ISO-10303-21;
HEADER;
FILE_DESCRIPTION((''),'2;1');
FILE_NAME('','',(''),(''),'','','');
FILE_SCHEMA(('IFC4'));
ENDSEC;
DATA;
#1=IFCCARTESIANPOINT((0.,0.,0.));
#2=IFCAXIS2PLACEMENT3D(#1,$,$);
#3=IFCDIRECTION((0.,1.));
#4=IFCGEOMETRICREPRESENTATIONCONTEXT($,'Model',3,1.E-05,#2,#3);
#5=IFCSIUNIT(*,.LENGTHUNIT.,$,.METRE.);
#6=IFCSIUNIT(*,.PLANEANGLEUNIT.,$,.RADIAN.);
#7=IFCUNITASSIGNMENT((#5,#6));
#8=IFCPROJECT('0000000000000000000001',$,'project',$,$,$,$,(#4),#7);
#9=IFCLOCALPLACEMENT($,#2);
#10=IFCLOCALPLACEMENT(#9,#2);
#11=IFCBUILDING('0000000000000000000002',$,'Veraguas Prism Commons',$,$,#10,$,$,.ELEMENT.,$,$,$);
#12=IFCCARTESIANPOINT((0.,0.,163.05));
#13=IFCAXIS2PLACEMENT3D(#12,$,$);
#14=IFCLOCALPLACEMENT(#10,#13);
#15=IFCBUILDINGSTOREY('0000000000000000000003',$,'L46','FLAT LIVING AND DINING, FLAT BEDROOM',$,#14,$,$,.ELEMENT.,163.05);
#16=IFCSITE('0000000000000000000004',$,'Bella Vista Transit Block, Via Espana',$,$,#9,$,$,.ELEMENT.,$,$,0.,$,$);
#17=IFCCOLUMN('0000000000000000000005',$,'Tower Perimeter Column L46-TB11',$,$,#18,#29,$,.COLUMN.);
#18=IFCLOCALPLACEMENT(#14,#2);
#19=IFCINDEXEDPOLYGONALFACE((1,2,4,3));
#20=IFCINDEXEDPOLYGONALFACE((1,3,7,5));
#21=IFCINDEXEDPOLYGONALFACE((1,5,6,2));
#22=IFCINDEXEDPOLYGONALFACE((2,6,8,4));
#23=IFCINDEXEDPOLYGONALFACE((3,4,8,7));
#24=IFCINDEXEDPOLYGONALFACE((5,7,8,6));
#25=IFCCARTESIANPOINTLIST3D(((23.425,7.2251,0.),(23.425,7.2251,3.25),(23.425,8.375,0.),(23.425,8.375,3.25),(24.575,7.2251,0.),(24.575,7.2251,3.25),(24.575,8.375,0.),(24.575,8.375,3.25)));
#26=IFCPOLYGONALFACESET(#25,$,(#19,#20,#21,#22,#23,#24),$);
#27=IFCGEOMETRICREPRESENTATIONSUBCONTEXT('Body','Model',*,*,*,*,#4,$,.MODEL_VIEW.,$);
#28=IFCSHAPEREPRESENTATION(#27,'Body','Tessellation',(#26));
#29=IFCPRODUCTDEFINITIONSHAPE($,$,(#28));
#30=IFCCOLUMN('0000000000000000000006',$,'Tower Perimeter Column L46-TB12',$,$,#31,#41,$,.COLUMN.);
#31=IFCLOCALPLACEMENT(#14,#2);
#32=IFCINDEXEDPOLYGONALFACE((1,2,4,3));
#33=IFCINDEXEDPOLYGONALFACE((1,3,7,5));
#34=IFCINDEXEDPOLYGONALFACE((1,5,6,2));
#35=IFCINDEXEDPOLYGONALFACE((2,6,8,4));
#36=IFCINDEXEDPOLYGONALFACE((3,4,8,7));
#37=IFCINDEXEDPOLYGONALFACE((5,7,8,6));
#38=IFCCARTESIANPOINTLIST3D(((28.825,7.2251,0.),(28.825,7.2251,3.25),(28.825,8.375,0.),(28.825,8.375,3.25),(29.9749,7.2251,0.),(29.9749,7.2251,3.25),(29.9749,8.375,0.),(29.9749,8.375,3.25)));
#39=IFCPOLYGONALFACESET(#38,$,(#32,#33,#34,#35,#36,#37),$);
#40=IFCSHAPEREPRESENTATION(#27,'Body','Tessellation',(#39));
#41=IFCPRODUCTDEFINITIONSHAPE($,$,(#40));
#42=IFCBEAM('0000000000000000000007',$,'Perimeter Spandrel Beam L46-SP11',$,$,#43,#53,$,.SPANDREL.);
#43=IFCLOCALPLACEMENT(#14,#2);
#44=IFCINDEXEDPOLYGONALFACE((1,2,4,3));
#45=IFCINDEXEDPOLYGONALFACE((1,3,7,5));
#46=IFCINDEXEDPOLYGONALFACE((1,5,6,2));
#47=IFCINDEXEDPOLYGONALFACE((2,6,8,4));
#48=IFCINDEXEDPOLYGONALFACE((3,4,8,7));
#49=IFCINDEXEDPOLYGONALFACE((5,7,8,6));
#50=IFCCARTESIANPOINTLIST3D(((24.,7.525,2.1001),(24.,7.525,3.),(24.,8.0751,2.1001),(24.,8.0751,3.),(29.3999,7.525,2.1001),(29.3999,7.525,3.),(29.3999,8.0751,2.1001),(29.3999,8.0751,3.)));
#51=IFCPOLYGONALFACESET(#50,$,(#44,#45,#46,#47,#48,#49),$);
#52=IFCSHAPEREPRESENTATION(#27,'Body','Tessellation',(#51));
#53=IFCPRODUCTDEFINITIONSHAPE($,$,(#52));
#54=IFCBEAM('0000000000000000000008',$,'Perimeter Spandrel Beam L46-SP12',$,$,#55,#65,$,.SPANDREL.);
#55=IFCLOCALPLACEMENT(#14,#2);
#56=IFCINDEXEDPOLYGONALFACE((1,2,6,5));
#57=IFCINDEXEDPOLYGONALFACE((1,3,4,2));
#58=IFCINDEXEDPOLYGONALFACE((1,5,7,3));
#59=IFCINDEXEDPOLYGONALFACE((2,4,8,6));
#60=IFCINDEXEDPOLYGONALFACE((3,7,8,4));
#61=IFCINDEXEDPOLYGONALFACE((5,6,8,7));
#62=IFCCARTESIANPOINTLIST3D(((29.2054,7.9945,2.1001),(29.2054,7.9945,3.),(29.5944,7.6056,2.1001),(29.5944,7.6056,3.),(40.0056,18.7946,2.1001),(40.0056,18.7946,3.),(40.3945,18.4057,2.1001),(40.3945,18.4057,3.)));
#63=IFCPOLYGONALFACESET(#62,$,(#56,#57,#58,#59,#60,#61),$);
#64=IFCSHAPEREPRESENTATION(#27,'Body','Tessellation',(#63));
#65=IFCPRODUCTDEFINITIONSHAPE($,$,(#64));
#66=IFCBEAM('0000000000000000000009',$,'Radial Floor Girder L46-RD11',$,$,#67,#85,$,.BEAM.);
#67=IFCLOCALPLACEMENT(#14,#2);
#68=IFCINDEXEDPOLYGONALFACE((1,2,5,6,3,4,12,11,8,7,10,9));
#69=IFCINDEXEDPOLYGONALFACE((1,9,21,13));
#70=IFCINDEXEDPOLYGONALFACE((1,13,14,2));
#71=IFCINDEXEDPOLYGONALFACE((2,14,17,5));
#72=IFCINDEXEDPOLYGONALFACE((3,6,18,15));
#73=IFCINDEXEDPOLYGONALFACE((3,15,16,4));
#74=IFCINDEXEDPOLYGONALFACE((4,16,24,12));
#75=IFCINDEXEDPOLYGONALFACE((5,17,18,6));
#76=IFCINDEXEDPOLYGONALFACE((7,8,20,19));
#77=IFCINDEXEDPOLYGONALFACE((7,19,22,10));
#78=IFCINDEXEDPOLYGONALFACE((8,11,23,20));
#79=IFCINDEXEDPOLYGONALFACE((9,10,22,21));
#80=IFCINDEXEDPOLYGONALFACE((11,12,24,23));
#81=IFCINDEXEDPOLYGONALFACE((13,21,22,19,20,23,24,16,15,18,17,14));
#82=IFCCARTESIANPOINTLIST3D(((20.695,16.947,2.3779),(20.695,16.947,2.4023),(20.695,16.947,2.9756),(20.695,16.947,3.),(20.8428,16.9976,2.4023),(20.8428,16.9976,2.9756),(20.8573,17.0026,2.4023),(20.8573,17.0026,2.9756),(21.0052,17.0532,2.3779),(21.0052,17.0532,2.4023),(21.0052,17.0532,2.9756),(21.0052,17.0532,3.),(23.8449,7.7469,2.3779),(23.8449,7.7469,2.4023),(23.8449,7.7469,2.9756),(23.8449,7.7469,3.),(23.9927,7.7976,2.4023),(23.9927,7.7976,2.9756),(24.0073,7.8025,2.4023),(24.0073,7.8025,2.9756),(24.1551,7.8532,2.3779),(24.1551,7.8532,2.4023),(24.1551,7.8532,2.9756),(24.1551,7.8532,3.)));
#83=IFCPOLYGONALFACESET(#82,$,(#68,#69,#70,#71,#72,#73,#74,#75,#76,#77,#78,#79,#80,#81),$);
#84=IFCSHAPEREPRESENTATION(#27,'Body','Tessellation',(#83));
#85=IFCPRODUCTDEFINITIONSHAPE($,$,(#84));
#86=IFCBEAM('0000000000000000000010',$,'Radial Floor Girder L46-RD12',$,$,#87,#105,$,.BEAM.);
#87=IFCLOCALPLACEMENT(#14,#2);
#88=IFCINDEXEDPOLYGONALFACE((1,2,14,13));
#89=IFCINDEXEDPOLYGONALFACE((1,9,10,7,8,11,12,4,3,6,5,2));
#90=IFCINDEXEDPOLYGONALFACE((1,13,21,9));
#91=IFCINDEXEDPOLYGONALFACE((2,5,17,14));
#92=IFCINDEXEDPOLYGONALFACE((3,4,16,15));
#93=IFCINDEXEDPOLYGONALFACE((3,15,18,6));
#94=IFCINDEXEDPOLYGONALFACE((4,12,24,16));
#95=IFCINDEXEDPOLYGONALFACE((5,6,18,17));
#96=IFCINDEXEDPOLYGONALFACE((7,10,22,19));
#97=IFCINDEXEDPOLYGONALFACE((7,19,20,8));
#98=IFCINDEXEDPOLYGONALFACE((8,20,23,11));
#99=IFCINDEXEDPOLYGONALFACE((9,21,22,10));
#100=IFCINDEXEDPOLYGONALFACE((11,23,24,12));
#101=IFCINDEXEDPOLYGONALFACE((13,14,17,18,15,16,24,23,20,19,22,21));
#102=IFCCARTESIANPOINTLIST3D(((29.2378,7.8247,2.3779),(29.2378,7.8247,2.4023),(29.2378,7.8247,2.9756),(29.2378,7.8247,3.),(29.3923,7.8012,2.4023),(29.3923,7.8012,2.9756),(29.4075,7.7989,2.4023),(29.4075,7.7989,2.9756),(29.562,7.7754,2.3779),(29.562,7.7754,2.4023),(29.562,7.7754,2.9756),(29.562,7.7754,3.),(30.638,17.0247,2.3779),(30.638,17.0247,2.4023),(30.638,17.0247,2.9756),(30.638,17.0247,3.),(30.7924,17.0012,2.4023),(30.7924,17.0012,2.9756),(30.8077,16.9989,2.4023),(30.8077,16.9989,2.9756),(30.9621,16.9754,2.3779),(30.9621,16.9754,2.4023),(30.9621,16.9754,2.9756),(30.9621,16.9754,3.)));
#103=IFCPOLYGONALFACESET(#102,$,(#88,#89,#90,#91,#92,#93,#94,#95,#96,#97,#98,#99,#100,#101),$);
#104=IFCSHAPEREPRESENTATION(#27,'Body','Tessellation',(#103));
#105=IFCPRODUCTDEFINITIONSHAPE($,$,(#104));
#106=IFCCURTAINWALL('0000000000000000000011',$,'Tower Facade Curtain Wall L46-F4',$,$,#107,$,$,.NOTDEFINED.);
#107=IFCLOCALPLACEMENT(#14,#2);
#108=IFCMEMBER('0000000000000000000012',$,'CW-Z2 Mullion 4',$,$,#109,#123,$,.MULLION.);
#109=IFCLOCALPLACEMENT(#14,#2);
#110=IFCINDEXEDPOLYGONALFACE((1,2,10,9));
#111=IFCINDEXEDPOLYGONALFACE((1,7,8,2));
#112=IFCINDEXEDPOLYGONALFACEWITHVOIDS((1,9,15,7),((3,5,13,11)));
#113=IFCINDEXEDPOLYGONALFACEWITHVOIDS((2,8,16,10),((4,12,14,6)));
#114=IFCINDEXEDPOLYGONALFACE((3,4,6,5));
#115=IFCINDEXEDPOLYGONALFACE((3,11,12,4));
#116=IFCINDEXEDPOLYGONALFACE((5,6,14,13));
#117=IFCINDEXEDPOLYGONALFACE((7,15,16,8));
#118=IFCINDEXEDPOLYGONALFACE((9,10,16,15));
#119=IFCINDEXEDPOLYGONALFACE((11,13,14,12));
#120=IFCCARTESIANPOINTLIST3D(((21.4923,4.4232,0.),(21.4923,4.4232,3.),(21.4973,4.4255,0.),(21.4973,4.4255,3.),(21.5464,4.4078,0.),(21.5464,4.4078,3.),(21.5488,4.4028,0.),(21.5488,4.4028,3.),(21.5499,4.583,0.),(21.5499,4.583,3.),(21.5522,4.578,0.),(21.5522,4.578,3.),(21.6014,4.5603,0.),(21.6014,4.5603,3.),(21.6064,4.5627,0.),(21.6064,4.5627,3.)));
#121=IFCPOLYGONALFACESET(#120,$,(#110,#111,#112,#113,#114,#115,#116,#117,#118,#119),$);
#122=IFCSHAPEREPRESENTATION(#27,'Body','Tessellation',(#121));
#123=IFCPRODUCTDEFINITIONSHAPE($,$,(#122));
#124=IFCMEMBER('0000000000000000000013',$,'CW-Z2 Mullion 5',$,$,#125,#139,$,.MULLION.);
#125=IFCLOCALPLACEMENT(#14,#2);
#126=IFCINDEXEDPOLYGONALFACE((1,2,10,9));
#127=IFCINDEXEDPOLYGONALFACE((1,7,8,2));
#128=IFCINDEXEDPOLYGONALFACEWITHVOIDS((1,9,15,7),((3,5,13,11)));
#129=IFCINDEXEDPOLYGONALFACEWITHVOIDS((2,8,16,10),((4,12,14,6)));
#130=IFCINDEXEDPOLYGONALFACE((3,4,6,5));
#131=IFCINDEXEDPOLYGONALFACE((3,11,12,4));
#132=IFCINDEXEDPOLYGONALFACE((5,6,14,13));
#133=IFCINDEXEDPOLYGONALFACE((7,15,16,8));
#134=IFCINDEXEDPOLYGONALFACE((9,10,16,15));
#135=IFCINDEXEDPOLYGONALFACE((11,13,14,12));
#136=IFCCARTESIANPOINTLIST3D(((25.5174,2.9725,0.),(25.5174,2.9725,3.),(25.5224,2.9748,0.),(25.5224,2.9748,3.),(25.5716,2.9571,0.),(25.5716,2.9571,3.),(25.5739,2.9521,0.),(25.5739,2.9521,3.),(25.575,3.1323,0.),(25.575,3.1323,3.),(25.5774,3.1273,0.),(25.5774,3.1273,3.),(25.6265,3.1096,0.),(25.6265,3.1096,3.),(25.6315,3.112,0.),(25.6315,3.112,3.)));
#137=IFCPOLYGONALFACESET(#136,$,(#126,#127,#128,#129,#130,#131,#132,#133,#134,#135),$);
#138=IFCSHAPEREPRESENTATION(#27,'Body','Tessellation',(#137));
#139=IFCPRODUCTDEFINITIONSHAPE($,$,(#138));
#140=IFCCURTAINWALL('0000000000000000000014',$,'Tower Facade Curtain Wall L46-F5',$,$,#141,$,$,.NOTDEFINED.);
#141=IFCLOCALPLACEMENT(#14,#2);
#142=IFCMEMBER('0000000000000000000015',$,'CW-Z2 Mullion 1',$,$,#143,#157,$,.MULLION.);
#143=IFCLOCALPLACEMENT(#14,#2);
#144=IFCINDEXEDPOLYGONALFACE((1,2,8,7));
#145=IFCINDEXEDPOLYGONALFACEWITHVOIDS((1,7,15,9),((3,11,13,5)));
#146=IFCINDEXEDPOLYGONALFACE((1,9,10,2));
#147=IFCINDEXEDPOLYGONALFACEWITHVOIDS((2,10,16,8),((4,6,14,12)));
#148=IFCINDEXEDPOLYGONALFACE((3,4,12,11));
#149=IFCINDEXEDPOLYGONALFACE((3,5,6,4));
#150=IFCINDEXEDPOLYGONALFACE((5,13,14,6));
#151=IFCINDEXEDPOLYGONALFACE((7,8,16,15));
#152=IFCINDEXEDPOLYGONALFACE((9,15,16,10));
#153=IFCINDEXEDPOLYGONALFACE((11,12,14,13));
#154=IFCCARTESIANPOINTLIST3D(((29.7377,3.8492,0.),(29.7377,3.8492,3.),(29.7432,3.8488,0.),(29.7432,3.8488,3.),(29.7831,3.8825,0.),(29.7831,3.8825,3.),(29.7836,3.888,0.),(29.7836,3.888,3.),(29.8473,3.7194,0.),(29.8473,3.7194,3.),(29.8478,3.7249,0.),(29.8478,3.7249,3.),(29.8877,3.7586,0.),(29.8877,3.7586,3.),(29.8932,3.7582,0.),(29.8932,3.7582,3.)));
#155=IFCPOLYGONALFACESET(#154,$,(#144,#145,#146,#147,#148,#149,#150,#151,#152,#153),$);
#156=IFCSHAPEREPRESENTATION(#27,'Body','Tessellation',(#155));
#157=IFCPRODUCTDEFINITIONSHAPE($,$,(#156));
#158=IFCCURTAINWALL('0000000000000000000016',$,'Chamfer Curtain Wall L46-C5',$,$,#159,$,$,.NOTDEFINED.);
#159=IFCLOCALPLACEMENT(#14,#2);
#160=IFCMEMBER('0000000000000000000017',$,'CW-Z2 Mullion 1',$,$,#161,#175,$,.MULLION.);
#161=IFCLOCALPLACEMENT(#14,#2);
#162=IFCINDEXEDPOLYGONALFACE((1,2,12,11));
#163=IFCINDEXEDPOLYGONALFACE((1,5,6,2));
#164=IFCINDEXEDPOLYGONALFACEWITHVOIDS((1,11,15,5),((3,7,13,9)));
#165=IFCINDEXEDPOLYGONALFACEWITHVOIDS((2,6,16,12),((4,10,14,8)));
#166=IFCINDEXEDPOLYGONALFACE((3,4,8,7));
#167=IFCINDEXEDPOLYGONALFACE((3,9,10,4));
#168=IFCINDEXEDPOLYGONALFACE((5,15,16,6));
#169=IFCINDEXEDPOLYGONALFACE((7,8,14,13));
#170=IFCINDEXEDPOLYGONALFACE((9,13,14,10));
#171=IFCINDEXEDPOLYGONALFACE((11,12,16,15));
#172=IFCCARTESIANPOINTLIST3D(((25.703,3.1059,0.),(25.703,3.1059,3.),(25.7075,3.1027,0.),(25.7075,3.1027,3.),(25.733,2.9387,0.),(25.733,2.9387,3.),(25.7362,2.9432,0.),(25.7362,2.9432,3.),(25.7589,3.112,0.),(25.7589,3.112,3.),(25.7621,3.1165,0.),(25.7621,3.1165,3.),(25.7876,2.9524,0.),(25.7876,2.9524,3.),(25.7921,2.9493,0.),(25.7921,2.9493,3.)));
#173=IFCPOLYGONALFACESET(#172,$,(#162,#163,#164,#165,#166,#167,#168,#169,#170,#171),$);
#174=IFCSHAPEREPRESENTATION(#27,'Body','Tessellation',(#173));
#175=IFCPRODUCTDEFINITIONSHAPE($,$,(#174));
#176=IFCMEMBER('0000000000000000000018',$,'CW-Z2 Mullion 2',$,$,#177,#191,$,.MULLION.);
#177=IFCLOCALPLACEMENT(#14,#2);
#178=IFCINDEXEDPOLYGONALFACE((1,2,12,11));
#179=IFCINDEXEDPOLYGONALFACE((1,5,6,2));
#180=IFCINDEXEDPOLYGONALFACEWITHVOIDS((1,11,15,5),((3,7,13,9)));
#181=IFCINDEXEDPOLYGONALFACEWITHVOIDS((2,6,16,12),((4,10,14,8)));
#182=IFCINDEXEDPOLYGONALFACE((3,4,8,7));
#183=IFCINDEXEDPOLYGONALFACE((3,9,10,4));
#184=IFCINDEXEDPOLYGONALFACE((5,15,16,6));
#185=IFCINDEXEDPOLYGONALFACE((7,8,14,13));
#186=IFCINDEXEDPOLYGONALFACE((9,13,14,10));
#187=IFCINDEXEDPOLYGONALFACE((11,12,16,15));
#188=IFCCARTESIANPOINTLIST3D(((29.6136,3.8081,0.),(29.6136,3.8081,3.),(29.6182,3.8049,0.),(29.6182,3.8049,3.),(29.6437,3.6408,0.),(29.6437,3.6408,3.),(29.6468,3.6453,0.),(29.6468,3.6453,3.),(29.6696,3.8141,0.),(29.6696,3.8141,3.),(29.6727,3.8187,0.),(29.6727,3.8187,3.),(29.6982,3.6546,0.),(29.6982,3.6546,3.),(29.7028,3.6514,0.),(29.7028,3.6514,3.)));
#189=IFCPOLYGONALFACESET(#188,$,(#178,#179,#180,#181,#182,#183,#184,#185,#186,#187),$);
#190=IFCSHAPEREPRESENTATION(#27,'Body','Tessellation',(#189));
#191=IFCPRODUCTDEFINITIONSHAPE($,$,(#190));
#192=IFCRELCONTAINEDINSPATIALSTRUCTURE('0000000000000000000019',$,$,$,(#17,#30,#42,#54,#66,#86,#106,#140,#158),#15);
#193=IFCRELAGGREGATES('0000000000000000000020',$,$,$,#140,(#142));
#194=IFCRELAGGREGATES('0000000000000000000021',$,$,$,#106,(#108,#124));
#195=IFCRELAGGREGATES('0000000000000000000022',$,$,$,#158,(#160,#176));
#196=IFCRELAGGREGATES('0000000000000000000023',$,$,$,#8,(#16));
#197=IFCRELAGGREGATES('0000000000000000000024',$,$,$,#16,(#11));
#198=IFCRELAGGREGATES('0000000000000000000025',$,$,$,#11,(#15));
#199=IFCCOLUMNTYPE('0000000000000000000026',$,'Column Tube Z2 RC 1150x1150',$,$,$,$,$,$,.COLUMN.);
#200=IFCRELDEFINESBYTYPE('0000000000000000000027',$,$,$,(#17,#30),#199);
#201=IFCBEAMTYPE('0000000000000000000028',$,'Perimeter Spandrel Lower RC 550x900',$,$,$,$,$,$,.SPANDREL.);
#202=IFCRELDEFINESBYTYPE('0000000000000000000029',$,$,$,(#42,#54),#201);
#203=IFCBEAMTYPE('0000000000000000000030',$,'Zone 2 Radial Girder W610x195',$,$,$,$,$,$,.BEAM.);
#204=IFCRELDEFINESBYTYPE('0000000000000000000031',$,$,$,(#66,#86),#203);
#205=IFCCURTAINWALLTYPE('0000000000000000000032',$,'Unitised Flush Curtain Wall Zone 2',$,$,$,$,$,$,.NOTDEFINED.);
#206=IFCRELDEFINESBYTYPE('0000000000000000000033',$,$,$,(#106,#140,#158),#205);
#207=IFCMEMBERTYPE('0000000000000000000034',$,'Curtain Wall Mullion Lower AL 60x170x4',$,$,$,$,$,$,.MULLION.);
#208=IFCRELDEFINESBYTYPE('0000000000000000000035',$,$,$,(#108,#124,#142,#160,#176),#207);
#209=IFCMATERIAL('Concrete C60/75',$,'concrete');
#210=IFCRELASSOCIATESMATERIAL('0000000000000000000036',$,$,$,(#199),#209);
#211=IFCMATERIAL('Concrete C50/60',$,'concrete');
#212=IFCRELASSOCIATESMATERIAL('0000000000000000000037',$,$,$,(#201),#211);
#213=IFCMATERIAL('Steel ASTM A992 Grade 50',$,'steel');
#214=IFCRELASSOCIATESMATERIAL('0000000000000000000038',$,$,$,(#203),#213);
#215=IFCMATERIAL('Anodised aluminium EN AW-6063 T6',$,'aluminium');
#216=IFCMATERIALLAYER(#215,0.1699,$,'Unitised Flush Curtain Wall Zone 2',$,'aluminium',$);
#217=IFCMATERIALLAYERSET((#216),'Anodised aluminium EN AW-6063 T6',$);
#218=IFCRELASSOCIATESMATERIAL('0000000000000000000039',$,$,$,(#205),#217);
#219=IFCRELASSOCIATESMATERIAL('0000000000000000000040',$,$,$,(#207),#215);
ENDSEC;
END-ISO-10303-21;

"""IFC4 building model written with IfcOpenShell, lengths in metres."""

from ifc_helpers import new_model, si_unit, direction, frame, origin, origin_2d, place, context, subcontext, project, spatial, rectangle, hollow_rectangle, i_section, extrude, source, transform, mapped, material, layer, layer_set, material_profile, profile_set, type_object, element, aggregate, save


model = new_model("IFC4")

# Units and contexts
model_context = context("Model", 3, precision=1e-05, world=origin(), true_north=direction((0.0, 1.0)))
body_context = subcontext(model_context, "Body", "Model", "MODEL_VIEW")
ifc_project = project(units=[si_unit("LENGTHUNIT", "METRE"), si_unit("PLANEANGLEUNIT", "RADIAN")], contexts=[model_context])

# Site, building, storey
site_placement = place(None, origin())
site = spatial("IfcSite", under=ifc_project, at=site_placement, Name="Bella Vista Transit Block, Via Espana", CompositionType="ELEMENT", RefElevation=0.0)
building_placement = place(site_placement, origin())
building = spatial("IfcBuilding", under=site, at=building_placement, Name="Veraguas Prism Commons", CompositionType="ELEMENT")
storey_placement = place(building_placement, frame((0.0, 0.0, 163.05)))
storey = spatial("IfcBuildingStorey", under=building, at=storey_placement, Name="L46", Description="FLAT LIVING AND DINING, FLAT BEDROOM", CompositionType="ELEMENT", Elevation=163.05)

# Columns
ifc_material_1 = material(Name="Concrete C60/75", Category="concrete")
ifc_material_profile_1 = material_profile(ifc_material_1, rectangle(XDim=1.1499, YDim=1.1499, at=origin_2d()), Name="RC1150X1150")
ifc_profile_set_1 = profile_set([ifc_material_profile_1], Name="Concrete C60/75")
column_type = type_object("IfcColumnType", Name="Column Tube Z2 RC 1150x1150", PredefinedType="COLUMN", material=ifc_profile_set_1)
for number, where, z_axis, x_axis, name in (
    (1, (24.0, 7.8, 0.0), (0.0, 0.0, 1.0), (1.0, 0.0, 0.0), "Tower Perimeter Column L46-TB11"),
    (2, (29.3999, 7.8, 0.0), (0.0, 0.0, 1.0), (1.0, 0.0, 0.0), "Tower Perimeter Column L46-TB12"),
):
    element("IfcColumn", number, at=place(storey_placement, frame(where, z_axis=z_axis, x_axis=x_axis)), inside=storey, type_object=column_type, Name=name, PredefinedType="COLUMN", context=body_context, shape_type="SweptSolid", body=[
        extrude(rectangle(XDim=1.1499, YDim=1.1499, at=origin_2d()), origin(), (0.0, 0.0, 1.0), 3.25),
    ])

# Beams
ifc_material_2 = material(Name="Concrete C50/60", Category="concrete")
ifc_material_profile_2 = material_profile(ifc_material_2, rectangle(XDim=0.55, YDim=0.8999, at=origin_2d()), Name="RC550X900")
ifc_profile_set_2 = profile_set([ifc_material_profile_2], Name="Concrete C50/60")
beam_type_1 = type_object("IfcBeamType", Name="Perimeter Spandrel Lower RC 550x900", PredefinedType="SPANDREL", material=ifc_profile_set_2)
beam_1_placement = place(storey_placement, frame((24.0, 7.8, 2.55), z_axis=(1.0, 0.0, 0.0), x_axis=(0.0, 1.0, 0.0)))
element("IfcBeam", 3, at=beam_1_placement, inside=storey, type_object=beam_type_1, Name="Perimeter Spandrel Beam L46-SP11", PredefinedType="SPANDREL", context=body_context, shape_type="SweptSolid", body=[
    extrude(rectangle(XDim=0.55, YDim=0.8999, at=origin_2d()), origin(), (0.0, 0.0, 1.0), 5.3999),
])
beam_2_placement = place(storey_placement, frame((29.3999, 7.8, 2.55), z_axis=(0.707107, 0.707107, 0.0), x_axis=(-0.707107, 0.707107, 0.0)))
element("IfcBeam", 4, at=beam_2_placement, inside=storey, type_object=beam_type_1, Name="Perimeter Spandrel Beam L46-SP12", PredefinedType="SPANDREL", context=body_context, shape_type="SweptSolid", body=[
    extrude(rectangle(XDim=0.55, YDim=0.8999, at=origin_2d()), origin(), (0.0, 0.0, 1.0), 15.2737),
])
ifc_material_3 = material(Name="Steel ASTM A992 Grade 50", Category="steel")
ifc_material_profile_3 = material_profile(ifc_material_3, i_section(OverallWidth=0.3279, OverallDepth=0.6221, WebThickness=0.0154, FlangeThickness=0.0244, at=origin_2d()), Name="W610X195")
ifc_profile_set_3 = profile_set([ifc_material_profile_3], Name="Steel ASTM A992 Grade 50")
beam_type_2 = type_object("IfcBeamType", Name="Zone 2 Radial Girder W610x195", PredefinedType="BEAM", material=ifc_profile_set_3)
beam_3_placement = place(storey_placement, frame((24.0, 7.8, 2.689), z_axis=(-0.323922, 0.946084, 0.0), x_axis=(-0.946084, -0.323922, 0.0)))
element("IfcBeam", 5, at=beam_3_placement, inside=storey, type_object=beam_type_2, Name="Radial Floor Girder L46-RD11", PredefinedType="BEAM", context=body_context, shape_type="SweptSolid", body=[
    extrude(i_section(OverallWidth=0.3279, OverallDepth=0.6221, WebThickness=0.0154, FlangeThickness=0.0244, at=origin_2d()), origin(), (0.0, 0.0, 1.0), 9.7244),
])
beam_4_placement = place(storey_placement, frame((29.3999, 7.8, 2.689), z_axis=(0.150458, 0.988616, 0.0), x_axis=(-0.988616, 0.150458, 0.0)))
element("IfcBeam", 6, at=beam_4_placement, inside=storey, type_object=beam_type_2, Name="Radial Floor Girder L46-RD12", PredefinedType="BEAM", context=body_context, shape_type="SweptSolid", body=[
    extrude(i_section(OverallWidth=0.3279, OverallDepth=0.6221, WebThickness=0.0154, FlangeThickness=0.0244, at=origin_2d()), origin(), (0.0, 0.0, 1.0), 9.3059),
])

# Curtain wall, members
ifc_material_4 = material(Name="Anodised aluminium EN AW-6063 T6", Category="aluminium")
ifc_layer_1 = layer(ifc_material_4, 0.1699, Name="Unitised Flush Curtain Wall Zone 2", Category="aluminium")
ifc_layer_set_1 = layer_set([ifc_layer_1], Name="Anodised aluminium EN AW-6063 T6")
curtain_wall_type = type_object("IfcCurtainWallType", Name="Unitised Flush Curtain Wall Zone 2", PredefinedType="NOTDEFINED", material=ifc_layer_set_1)
curtain_wall_1_placement = place(storey_placement, origin())
curtain_wall_1 = element("IfcCurtainWall", 7, at=curtain_wall_1_placement, inside=storey, type_object=curtain_wall_type, Name="Tower Facade Curtain Wall L46-F4", PredefinedType="NOTDEFINED")
ifc_material_profile_4 = material_profile(ifc_material_4, hollow_rectangle(XDim=0.0601, YDim=0.1699, WallThickness=0.0039, at=origin_2d()), Name="AL60X170X4")
ifc_profile_set_4 = profile_set([ifc_material_profile_4], Name="Anodised aluminium EN AW-6063 T6")
member_type_1 = type_object("IfcMemberType", Name="Curtain Wall Mullion Lower AL 60x170x4", PredefinedType="MULLION", material=ifc_profile_set_4)
shared_shape_1 = source(origin(), body_context, "Body", "SweptSolid", [
    extrude(hollow_rectangle(XDim=0.0601, YDim=0.1699, WallThickness=0.0039, at=origin_2d()), origin(), (0.0, 0.0, 1.0), 3.0),
])
member_1_placement = place(storey_placement, frame((21.5493, 4.4929, 0.0), z_axis=(0.0, 0.0, 1.0), x_axis=(0.940761, -0.339071, 0.0)))
member_1 = element("IfcMember", 8, at=member_1_placement, type_object=member_type_1, Name="CW-Z2 Mullion 4", PredefinedType="MULLION", context=body_context, shape_type="MappedRepresentation", body=[
    mapped(shared_shape_1, transform((0.0, 0.0, 0.0), scale=1.0)),
])
member_2_placement = place(storey_placement, frame((25.5745, 3.0422, 0.0), z_axis=(0.0, 0.0, 1.0), x_axis=(0.940761, -0.339071, 0.0)))
member_2 = element("IfcMember", 9, at=member_2_placement, type_object=member_type_1, Name="CW-Z2 Mullion 5", PredefinedType="MULLION", context=body_context, shape_type="MappedRepresentation", body=[
    mapped(shared_shape_1, transform((0.0, 0.0, 0.0), scale=1.0)),
])

# Curtain wall, member
curtain_wall_2_placement = place(storey_placement, origin())
curtain_wall_2 = element("IfcCurtainWall", 10, at=curtain_wall_2_placement, inside=storey, type_object=curtain_wall_type, Name="Tower Facade Curtain Wall L46-F5", PredefinedType="NOTDEFINED")
member_3_placement = place(storey_placement, frame((29.8154, 3.8037, 0.0), z_axis=(0.0, 0.0, 1.0), x_axis=(0.764022, 0.64519, 0.0)))
member_3 = element("IfcMember", 11, at=member_3_placement, type_object=member_type_1, Name="CW-Z2 Mullion 1", PredefinedType="MULLION", context=body_context, shape_type="MappedRepresentation", body=[
    mapped(shared_shape_1, transform((0.0, 0.0, 0.0), scale=1.0)),
])

# Curtain wall, members
curtain_wall_3_placement = place(storey_placement, origin())
curtain_wall_3 = element("IfcCurtainWall", 12, at=curtain_wall_3_placement, inside=storey, type_object=curtain_wall_type, Name="Chamfer Curtain Wall L46-C5", PredefinedType="NOTDEFINED")
member_4_placement = place(storey_placement, frame((25.7476, 3.0276, 0.0), z_axis=(0.0, 0.0, 1.0), x_axis=(0.984258, 0.176738, 0.0)))
member_4 = element("IfcMember", 13, at=member_4_placement, type_object=member_type_1, Name="CW-Z2 Mullion 1", PredefinedType="MULLION", context=body_context, shape_type="MappedRepresentation", body=[
    mapped(shared_shape_1, transform((0.0, 0.0, 0.0), scale=1.0)),
])
member_5_placement = place(storey_placement, frame((29.6582, 3.7297, 0.0), z_axis=(0.0, 0.0, 1.0), x_axis=(0.984258, 0.176738, 0.0)))
member_5 = element("IfcMember", 14, at=member_5_placement, type_object=member_type_1, Name="CW-Z2 Mullion 2", PredefinedType="MULLION", context=body_context, shape_type="MappedRepresentation", body=[
    mapped(shared_shape_1, transform((0.0, 0.0, 0.0), scale=1.0)),
])

aggregate(curtain_wall_2, [member_3])

aggregate(curtain_wall_1, [member_1, member_2])
aggregate(curtain_wall_3, [member_4, member_5])

save(model, "model.ifc")
